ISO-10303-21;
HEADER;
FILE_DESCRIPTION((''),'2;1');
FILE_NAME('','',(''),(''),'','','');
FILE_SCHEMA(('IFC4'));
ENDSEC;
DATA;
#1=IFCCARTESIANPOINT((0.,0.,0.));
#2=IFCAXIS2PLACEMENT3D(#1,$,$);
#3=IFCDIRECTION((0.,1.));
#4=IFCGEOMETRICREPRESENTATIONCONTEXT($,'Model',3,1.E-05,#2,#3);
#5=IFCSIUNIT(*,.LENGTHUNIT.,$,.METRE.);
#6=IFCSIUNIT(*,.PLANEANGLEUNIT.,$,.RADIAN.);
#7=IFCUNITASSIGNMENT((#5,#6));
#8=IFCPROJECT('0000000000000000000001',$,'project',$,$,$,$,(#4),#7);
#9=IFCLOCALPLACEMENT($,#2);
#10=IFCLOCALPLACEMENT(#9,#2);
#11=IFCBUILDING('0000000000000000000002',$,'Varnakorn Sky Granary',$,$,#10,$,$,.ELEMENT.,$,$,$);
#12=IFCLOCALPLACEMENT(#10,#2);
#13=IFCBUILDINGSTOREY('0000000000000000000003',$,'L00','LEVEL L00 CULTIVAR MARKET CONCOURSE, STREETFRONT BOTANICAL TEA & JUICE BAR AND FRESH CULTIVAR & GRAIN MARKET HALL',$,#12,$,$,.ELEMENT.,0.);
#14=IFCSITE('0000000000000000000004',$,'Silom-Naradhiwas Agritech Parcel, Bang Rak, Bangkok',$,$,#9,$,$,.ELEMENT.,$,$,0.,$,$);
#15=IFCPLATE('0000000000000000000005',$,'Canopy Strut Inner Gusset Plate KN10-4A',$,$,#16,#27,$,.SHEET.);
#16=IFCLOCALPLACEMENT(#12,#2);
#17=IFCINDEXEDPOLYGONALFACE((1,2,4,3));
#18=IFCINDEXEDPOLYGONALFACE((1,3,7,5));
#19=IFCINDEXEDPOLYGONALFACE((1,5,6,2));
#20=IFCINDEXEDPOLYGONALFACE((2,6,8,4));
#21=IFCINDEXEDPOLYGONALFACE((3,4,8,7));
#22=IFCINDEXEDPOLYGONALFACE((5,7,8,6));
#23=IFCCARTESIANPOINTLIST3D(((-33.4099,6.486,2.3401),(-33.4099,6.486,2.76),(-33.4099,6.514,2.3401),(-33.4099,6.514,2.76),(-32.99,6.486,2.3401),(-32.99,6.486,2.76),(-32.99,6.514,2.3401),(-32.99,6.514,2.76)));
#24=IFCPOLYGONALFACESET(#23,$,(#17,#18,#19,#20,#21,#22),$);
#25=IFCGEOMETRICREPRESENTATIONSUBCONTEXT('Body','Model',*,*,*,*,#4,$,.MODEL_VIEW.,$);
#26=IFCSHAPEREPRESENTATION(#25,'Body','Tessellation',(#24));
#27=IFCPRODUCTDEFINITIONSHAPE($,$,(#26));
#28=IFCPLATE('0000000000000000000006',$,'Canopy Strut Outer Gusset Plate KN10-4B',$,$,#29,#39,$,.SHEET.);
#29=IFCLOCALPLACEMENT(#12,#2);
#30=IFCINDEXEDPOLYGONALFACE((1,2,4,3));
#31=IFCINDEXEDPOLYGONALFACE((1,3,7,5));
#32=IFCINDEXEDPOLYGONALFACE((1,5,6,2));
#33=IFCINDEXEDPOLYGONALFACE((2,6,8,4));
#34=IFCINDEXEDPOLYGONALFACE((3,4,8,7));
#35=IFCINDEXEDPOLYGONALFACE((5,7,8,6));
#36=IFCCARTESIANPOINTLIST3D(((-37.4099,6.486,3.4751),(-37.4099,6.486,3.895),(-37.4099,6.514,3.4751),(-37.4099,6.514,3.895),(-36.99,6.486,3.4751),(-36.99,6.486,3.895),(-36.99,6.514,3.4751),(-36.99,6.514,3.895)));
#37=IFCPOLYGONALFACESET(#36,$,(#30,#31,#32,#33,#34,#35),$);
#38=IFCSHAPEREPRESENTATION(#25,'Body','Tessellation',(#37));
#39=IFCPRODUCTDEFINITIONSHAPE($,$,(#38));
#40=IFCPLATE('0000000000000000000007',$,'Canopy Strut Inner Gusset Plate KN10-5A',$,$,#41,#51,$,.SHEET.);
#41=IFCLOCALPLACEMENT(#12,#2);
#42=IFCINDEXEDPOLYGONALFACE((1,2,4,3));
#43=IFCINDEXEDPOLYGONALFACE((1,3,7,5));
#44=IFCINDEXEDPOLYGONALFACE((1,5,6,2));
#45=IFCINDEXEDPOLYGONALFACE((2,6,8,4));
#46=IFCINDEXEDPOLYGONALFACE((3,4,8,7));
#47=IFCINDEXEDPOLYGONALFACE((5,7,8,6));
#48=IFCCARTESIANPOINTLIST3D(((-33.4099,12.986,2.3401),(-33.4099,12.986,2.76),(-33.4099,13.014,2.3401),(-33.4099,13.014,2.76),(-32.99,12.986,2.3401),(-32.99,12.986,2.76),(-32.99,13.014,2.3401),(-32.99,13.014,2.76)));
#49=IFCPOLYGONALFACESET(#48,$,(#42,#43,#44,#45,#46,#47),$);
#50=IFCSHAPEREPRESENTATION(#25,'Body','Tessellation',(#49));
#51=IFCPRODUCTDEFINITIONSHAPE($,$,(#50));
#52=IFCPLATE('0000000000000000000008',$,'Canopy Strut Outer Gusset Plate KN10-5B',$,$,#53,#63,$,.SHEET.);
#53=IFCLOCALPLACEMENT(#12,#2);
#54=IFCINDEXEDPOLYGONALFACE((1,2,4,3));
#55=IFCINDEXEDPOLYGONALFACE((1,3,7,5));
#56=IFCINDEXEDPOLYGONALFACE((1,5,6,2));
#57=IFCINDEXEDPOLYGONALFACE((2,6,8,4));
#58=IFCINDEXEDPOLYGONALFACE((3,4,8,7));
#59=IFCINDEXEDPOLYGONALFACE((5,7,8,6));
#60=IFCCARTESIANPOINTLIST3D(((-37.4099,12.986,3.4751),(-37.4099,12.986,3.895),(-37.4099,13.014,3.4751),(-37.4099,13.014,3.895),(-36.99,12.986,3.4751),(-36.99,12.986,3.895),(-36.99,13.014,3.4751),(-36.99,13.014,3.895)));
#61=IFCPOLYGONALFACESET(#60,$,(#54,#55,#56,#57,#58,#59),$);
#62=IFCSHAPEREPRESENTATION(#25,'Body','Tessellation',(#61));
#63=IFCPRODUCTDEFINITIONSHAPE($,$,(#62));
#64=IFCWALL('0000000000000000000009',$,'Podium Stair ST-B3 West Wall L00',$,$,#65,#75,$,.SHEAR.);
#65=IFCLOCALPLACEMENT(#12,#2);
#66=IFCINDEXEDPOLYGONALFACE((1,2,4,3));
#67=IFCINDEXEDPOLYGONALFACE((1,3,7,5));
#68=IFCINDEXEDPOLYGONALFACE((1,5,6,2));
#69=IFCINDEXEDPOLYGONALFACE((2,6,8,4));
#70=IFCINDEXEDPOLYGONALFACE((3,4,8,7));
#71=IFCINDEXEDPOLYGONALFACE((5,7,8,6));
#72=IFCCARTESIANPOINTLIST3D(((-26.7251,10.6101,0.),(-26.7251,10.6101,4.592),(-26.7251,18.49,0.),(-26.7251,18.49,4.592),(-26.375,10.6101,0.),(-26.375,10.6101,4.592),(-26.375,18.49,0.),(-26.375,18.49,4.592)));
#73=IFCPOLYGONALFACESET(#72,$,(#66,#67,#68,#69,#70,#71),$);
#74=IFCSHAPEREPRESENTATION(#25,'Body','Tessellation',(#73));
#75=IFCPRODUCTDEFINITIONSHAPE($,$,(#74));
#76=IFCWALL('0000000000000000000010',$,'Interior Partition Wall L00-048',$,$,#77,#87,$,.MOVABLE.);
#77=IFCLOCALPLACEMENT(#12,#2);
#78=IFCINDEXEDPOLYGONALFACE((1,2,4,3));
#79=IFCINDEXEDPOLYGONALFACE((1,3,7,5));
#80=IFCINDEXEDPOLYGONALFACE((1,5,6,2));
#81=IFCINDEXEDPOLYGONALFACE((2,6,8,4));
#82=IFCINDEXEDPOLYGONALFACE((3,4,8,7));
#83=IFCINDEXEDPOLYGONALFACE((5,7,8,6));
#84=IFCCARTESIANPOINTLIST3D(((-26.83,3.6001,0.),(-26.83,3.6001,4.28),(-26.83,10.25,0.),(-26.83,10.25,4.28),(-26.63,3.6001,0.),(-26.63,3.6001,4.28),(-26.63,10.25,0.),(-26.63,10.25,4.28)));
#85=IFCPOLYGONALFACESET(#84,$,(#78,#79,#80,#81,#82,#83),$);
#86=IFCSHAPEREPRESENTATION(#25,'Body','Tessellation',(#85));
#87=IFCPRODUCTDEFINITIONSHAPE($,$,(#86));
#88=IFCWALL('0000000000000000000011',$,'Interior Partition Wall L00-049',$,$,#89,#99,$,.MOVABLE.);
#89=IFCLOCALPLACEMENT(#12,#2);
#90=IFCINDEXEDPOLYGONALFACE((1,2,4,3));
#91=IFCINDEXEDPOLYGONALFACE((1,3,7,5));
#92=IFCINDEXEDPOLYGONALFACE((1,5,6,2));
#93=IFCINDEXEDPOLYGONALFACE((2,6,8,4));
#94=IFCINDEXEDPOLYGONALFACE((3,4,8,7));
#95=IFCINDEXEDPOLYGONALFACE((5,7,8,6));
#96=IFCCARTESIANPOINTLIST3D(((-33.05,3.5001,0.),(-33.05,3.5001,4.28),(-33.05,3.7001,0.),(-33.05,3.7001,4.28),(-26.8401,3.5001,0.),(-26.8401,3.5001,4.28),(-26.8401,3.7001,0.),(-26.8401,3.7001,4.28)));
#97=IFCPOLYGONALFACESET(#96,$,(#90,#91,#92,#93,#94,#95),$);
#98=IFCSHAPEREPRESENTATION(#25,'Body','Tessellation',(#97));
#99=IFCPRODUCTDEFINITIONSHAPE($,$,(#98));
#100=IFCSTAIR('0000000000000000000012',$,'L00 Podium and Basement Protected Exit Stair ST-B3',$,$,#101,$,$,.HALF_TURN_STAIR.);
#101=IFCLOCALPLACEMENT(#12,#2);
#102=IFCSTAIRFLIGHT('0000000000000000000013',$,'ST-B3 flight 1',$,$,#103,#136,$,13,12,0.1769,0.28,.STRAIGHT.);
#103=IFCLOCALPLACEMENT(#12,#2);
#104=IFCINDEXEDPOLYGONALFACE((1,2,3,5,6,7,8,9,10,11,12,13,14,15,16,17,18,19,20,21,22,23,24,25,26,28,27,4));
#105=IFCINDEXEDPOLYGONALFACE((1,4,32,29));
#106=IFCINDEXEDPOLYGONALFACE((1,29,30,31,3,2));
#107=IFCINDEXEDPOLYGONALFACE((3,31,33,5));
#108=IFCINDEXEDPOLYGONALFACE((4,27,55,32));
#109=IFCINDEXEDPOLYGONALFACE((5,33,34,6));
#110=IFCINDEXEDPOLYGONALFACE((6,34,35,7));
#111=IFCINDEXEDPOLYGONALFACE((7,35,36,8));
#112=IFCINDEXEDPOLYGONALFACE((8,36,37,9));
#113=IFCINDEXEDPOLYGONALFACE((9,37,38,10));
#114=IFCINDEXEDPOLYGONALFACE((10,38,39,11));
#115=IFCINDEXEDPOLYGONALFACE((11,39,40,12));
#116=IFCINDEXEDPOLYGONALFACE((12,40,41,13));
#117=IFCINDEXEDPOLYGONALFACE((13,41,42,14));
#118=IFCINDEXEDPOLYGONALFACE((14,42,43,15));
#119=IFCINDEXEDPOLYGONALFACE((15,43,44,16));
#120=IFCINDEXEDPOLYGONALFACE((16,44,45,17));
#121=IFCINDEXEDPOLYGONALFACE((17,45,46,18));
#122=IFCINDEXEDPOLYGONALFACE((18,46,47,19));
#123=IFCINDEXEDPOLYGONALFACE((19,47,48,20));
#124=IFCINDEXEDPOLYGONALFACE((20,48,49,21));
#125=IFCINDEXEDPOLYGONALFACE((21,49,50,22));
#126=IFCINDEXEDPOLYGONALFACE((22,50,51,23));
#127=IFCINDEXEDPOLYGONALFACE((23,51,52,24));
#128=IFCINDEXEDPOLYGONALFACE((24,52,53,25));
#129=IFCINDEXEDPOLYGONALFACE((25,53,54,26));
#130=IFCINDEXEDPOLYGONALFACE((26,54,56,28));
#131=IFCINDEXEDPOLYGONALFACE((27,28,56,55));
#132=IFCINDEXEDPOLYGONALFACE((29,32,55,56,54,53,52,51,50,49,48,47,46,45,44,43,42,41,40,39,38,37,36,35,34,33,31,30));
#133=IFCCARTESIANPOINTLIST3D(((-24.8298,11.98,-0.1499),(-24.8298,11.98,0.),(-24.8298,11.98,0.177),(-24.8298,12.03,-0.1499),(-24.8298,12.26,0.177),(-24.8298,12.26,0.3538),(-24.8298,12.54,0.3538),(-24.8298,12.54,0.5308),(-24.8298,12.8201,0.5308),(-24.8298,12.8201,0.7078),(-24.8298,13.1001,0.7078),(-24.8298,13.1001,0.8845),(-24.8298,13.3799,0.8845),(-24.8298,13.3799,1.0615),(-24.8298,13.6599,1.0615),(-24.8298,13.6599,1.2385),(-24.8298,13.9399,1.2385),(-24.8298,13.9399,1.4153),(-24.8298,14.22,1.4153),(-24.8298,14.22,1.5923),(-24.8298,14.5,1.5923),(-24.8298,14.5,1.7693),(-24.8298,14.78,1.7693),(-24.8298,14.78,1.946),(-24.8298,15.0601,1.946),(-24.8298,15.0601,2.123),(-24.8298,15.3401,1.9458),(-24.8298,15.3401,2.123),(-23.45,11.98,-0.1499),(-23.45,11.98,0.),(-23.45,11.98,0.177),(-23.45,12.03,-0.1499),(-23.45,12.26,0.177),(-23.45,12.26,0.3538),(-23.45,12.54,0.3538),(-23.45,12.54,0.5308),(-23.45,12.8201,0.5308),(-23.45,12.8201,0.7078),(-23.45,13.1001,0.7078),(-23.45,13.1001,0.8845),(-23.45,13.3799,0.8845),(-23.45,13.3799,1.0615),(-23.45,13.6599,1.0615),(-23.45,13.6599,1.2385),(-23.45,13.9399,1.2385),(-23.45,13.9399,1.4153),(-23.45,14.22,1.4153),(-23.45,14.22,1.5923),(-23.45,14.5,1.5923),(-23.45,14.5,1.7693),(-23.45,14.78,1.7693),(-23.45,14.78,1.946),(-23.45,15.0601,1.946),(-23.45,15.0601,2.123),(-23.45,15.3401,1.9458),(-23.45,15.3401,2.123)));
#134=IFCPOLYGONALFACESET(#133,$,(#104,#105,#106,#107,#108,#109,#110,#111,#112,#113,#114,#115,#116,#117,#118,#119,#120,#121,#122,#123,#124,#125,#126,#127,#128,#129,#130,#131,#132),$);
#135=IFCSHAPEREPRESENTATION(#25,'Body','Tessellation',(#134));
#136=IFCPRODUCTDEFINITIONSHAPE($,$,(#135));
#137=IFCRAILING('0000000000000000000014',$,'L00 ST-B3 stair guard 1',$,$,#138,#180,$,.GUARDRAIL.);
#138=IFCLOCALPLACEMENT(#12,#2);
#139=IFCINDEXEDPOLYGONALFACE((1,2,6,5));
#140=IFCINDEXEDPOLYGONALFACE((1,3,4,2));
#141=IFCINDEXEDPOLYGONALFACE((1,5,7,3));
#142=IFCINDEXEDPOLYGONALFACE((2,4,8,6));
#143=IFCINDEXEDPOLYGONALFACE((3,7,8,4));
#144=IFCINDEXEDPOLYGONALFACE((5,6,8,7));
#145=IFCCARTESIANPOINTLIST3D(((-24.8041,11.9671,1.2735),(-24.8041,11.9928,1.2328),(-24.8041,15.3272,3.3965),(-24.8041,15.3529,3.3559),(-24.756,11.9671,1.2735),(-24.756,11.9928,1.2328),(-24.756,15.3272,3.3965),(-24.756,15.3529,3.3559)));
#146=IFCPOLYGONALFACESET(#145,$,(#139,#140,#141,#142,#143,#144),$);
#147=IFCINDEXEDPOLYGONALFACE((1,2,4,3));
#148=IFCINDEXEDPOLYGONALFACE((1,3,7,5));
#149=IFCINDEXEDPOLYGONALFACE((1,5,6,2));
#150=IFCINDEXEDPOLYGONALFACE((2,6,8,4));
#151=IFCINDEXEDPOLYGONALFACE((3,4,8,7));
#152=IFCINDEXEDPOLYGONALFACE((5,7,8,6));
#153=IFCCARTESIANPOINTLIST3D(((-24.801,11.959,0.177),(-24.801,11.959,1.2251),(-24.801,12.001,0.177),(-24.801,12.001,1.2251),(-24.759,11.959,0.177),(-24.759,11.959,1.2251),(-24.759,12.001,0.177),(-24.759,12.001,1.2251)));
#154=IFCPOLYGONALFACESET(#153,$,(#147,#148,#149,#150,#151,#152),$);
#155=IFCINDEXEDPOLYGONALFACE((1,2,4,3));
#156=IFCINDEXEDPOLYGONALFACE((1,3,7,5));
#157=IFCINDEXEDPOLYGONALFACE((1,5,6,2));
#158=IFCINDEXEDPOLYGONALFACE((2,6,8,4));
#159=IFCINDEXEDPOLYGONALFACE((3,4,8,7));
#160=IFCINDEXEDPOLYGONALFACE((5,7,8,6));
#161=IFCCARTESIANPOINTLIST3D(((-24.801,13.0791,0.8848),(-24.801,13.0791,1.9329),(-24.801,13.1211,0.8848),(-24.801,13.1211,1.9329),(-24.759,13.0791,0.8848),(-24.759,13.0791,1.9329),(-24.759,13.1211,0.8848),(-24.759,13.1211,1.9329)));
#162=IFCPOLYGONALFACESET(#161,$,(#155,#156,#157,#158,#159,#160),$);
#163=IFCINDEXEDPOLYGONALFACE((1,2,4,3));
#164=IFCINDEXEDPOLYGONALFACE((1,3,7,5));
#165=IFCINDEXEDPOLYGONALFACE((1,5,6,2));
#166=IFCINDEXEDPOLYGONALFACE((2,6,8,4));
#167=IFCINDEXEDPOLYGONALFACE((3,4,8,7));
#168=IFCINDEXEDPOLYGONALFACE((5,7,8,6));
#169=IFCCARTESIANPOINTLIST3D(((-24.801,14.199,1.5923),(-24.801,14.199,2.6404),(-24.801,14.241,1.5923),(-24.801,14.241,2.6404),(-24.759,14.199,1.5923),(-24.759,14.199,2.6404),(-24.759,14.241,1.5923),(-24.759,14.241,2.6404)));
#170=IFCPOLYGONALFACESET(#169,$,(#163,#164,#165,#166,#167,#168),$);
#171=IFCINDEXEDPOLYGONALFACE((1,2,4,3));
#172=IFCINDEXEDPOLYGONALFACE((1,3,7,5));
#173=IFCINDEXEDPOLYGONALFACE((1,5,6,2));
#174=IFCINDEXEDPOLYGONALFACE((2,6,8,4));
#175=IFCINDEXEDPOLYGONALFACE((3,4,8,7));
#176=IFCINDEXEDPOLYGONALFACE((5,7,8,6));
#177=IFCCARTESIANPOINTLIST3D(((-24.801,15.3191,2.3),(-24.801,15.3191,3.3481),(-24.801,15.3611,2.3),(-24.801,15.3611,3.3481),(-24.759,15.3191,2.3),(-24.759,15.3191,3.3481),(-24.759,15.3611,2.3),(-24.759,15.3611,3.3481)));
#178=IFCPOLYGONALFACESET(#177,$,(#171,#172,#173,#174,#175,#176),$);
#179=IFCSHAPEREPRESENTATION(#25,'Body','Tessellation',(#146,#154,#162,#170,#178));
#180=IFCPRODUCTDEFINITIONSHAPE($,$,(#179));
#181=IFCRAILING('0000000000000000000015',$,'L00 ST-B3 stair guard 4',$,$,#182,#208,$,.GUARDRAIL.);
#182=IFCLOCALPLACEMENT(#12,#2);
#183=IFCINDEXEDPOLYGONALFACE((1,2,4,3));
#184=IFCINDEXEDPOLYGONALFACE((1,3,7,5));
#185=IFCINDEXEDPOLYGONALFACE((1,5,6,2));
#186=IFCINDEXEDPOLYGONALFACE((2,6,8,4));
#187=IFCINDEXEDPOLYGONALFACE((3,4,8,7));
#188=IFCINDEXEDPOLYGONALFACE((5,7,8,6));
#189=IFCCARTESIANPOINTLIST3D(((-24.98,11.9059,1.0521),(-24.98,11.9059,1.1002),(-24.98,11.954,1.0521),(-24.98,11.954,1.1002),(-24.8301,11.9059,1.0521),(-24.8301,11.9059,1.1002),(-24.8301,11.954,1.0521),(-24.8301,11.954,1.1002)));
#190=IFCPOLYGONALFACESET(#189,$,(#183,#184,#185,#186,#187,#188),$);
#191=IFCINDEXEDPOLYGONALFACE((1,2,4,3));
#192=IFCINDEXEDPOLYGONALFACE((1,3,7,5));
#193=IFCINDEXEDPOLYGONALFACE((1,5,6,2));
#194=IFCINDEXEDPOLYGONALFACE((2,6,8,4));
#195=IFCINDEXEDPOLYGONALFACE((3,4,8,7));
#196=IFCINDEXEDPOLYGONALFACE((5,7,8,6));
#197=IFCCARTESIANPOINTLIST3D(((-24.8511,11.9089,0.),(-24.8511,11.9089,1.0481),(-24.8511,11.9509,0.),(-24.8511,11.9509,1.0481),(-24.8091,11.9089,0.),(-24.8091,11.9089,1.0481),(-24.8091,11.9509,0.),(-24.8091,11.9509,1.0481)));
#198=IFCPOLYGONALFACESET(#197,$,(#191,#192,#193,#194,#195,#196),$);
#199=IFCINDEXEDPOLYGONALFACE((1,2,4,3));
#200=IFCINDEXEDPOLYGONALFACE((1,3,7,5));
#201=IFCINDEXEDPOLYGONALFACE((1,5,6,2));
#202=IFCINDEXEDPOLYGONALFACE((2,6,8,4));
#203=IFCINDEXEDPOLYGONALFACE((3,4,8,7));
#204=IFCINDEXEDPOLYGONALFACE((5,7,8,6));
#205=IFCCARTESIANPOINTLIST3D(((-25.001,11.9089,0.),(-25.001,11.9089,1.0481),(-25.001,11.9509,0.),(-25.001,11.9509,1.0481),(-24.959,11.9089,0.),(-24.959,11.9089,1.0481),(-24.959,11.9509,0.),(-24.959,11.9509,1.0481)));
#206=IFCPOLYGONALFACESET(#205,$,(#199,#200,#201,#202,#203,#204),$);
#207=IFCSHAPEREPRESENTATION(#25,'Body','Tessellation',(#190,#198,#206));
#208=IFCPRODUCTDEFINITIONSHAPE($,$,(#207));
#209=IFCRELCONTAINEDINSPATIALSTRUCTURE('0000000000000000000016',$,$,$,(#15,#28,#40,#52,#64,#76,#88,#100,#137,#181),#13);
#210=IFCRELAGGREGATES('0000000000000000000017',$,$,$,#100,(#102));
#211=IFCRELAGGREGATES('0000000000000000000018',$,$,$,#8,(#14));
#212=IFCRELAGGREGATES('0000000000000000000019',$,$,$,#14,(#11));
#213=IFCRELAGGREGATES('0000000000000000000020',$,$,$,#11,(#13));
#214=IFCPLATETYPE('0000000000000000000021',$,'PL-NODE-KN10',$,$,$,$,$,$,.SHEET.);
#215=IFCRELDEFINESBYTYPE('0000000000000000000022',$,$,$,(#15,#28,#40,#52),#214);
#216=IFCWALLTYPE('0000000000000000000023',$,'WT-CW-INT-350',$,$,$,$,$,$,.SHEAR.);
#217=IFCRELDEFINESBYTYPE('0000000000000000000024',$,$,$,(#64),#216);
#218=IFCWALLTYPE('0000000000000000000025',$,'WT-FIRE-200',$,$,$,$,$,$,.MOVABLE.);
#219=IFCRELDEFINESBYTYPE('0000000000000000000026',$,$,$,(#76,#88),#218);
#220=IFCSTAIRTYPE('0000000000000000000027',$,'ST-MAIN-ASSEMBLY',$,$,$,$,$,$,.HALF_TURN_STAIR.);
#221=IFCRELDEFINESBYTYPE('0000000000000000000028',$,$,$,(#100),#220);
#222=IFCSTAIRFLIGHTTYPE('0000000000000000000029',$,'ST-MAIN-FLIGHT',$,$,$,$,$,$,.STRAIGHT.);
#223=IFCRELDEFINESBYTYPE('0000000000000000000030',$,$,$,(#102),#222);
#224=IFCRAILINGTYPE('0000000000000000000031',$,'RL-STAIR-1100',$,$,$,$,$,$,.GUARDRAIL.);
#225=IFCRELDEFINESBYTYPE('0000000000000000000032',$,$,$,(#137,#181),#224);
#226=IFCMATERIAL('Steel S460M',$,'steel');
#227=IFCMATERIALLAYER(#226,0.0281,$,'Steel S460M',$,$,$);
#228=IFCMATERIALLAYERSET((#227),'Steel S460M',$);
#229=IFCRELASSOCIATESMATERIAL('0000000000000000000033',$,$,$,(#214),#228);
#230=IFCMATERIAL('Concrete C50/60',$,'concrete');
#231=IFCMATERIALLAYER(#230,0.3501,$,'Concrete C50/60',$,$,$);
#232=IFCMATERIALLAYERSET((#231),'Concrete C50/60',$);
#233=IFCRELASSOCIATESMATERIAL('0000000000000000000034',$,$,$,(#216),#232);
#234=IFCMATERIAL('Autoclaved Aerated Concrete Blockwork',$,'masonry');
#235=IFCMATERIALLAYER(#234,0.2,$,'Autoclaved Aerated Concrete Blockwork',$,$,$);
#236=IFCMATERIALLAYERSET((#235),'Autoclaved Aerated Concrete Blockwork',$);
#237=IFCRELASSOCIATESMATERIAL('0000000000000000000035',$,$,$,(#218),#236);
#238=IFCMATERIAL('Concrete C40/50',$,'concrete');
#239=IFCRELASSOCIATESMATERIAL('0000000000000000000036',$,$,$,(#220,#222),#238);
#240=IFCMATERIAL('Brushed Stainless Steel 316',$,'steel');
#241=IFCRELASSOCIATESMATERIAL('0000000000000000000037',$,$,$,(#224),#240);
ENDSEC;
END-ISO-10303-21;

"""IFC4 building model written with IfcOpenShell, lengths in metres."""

from ifc_helpers import new_model, si_unit, direction, frame, frame_2d, origin, origin_2d, place, context, subcontext, project, spatial, polyline, rectangle, outline, extrude, material, layer, layer_set, type_object, element, aggregate, save


model = new_model("IFC4")

# Units and contexts
model_context = context("Model", 3, precision=1e-05, world=origin(), true_north=direction((0.0, 1.0)))
body_context = subcontext(model_context, "Body", "Model", "MODEL_VIEW")
ifc_project = project(units=[si_unit("LENGTHUNIT", "METRE"), si_unit("PLANEANGLEUNIT", "RADIAN")], contexts=[model_context])

# Site, building, storey
site_placement = place(None, origin())
site = spatial("IfcSite", under=ifc_project, at=site_placement, Name="Silom-Naradhiwas Agritech Parcel, Bang Rak, Bangkok", CompositionType="ELEMENT", RefElevation=0.0)
building_placement = place(site_placement, origin())
building = spatial("IfcBuilding", under=site, at=building_placement, Name="Varnakorn Sky Granary", CompositionType="ELEMENT")
storey_placement = place(building_placement, origin())
storey = spatial("IfcBuildingStorey", under=building, at=storey_placement, Name="L00", Description="LEVEL L00 CULTIVAR MARKET CONCOURSE, STREETFRONT BOTANICAL TEA & JUICE BAR AND FRESH CULTIVAR & GRAIN MARKET HALL", CompositionType="ELEMENT", Elevation=0.0)

# Shared definitions
ifc_material_1 = material(Name="Concrete C50/60", Category="concrete")

# Shared definitions
ifc_material_2 = material(Name="Steel S460M", Category="steel")

# Plates
ifc_layer_1 = layer(ifc_material_2, 0.0281, Name="Steel S460M")
ifc_layer_set_1 = layer_set([ifc_layer_1], Name="Steel S460M")
plate_type = type_object("IfcPlateType", Name="PL-NODE-KN10", PredefinedType="SHEET", material=ifc_layer_set_1)
for number, where, z_axis, x_axis, name in (
    (1, (-33.2, 6.5, 2.3401), (0.0, 0.0, 1.0), (1.0, 0.0, 0.0), "Canopy Strut Inner Gusset Plate KN10-4A"),
    (2, (-37.2, 6.5, 3.4751), (0.0, 0.0, 1.0), (1.0, 0.0, 0.0), "Canopy Strut Outer Gusset Plate KN10-4B"),
    (3, (-33.2, 13.0, 2.3401), (0.0, 0.0, 1.0), (1.0, 0.0, 0.0), "Canopy Strut Inner Gusset Plate KN10-5A"),
    (4, (-37.2, 13.0, 3.4751), (0.0, 0.0, 1.0), (1.0, 0.0, 0.0), "Canopy Strut Outer Gusset Plate KN10-5B"),
):
    element("IfcPlate", number, at=place(storey_placement, frame(where, z_axis=z_axis, x_axis=x_axis)), inside=storey, type_object=plate_type, Name=name, PredefinedType="SHEET", context=body_context, shape_type="SweptSolid", body=[
        extrude(rectangle(XDim=0.4199, YDim=0.0281, at=origin_2d()), origin(), (0.0, 0.0, 1.0), 0.4199),
    ])

# Shared definitions
ifc_layer_2 = layer(ifc_material_1, 0.3501, Name="Concrete C50/60")
ifc_layer_set_2 = layer_set([ifc_layer_2], Name="Concrete C50/60")
wall_type_1 = type_object("IfcWallType", Name="WT-CW-INT-350", PredefinedType="SHEAR", material=ifc_layer_set_2)

# Walls
wall_1_placement = place(storey_placement, frame((-26.55, 10.6101, 0.0), z_axis=(0.0, 0.0, 1.0), x_axis=(0.0, 1.0, 0.0)))
element("IfcWall", 5, at=wall_1_placement, inside=storey, type_object=wall_type_1, Name="Podium Stair ST-B3 West Wall L00", PredefinedType="SHEAR", context=body_context, shape_type="SweptSolid", body=[
    extrude(rectangle(XDim=7.8799, YDim=0.3501, at=frame_2d((3.9399, 0.0))), origin(), (0.0, 0.0, 1.0), 4.592),
])
ifc_material_3 = material(Name="Autoclaved Aerated Concrete Blockwork", Category="masonry")
ifc_layer_3 = layer(ifc_material_3, 0.2, Name="Autoclaved Aerated Concrete Blockwork")
ifc_layer_set_3 = layer_set([ifc_layer_3], Name="Autoclaved Aerated Concrete Blockwork")
wall_type_2 = type_object("IfcWallType", Name="WT-FIRE-200", PredefinedType="MOVABLE", material=ifc_layer_set_3)
wall_2_placement = place(storey_placement, frame((-26.73, 10.25, 0.0), z_axis=(0.0, 0.0, 1.0), x_axis=(0.0, -1.0, 0.0)))
element("IfcWall", 6, at=wall_2_placement, inside=storey, type_object=wall_type_2, Name="Interior Partition Wall L00-048", PredefinedType="MOVABLE", context=body_context, shape_type="SweptSolid", body=[
    extrude(rectangle(XDim=6.6499, YDim=0.2, at=frame_2d((3.325, 0.0))), origin(), (0.0, 0.0, 1.0), 4.28),
])
wall_3_placement = place(storey_placement, frame((-26.8401, 3.6001, 0.0), z_axis=(0.0, 0.0, 1.0), x_axis=(-1.0, 0.0, 0.0)))
element("IfcWall", 7, at=wall_3_placement, inside=storey, type_object=wall_type_2, Name="Interior Partition Wall L00-049", PredefinedType="MOVABLE", context=body_context, shape_type="SweptSolid", body=[
    extrude(rectangle(XDim=6.21, YDim=0.2, at=frame_2d((3.105, 0.0))), origin(), (0.0, 0.0, 1.0), 4.28),
])

# Stair, stair flight
ifc_material_4 = material(Name="Concrete C40/50", Category="concrete")
stair_type = type_object("IfcStairType", Name="ST-MAIN-ASSEMBLY", PredefinedType="HALF_TURN_STAIR", material=ifc_material_4)
stair_placement = place(storey_placement, origin())
stair = element("IfcStair", 8, at=stair_placement, inside=storey, type_object=stair_type, Name="L00 Podium and Basement Protected Exit Stair ST-B3", PredefinedType="HALF_TURN_STAIR")
stair_flight_type = type_object("IfcStairFlightType", Name="ST-MAIN-FLIGHT", PredefinedType="STRAIGHT", material=ifc_material_4)
stair_flight_placement = place(storey_placement, frame((-24.1399, 11.98, 0.0), z_axis=(0.0, 0.0, 1.0), x_axis=(0.0, 1.0, 0.0)))
stair_flight = element("IfcStairFlight", 9, at=stair_flight_placement, type_object=stair_flight_type, Name="ST-B3 flight 1", NumberOfRisers=13, NumberOfTreads=12, PredefinedType="STRAIGHT", RiserHeight=0.1769, TreadLength=0.28, context=body_context, shape_type="SweptSolid", body=[
    extrude(outline(polyline([(0.0, -0.1499), (0.0, 0.0), (0.0, 0.177), (0.28, 0.177), (0.28, 0.3538), (0.5601, 0.3538), (0.5601, 0.5308), (0.8401, 0.5308), (0.8401, 0.7078), (1.1201, 0.7078), (1.1201, 0.8845), (1.3999, 0.8845), (1.3999, 1.0615), (1.6799, 1.0615), (1.6799, 1.2385), (1.96, 1.2385), (1.96, 1.4153), (2.24, 1.4153), (2.24, 1.5923), (2.52, 1.5923), (2.52, 1.7693), (2.8, 1.7693), (2.8, 1.946), (3.0801, 1.946), (3.0801, 2.123), (3.3601, 2.123), (3.3601, 2.3), (3.3601, 1.9458), (0.05, -0.1499), (0.0, -0.1499)])), frame((0.0, 0.6899, 0.0), z_axis=(0.0, -1.0, 0.0), x_axis=(1.0, 0.0, 0.0)), (0.0, 0.0, 1.0), 1.3799),
])
aggregate(stair, [stair_flight])

# Railings
ifc_material_5 = material(Name="Brushed Stainless Steel 316", Category="steel")
railing_type_1 = type_object("IfcRailingType", Name="RL-STAIR-1100", PredefinedType="GUARDRAIL", material=ifc_material_5)
railing_1_placement = place(storey_placement, frame((-24.78, 11.98, 0.177)))
element("IfcRailing", 10, at=railing_1_placement, inside=storey, type_object=railing_type_1, Name="L00 ST-B3 stair guard 1", PredefinedType="GUARDRAIL", context=body_context, shape_type="SweptSolid", body=[
    extrude(rectangle(XDim=0.0481, YDim=0.0481, at=origin_2d()), frame((0.0, 0.0, 1.0762), z_axis=(0.0, 0.84539, 0.53415), x_axis=(-1.0, 0.0, 0.0)), (0.0, 0.0, 1.0), 3.9746),
    extrude(rectangle(XDim=0.042, YDim=0.042, at=origin_2d()), origin(), (0.0, 0.0, 1.0), 1.0481),
    extrude(rectangle(XDim=0.042, YDim=0.042, at=origin_2d()), frame((0.0, 1.1201, 0.7078)), (0.0, 0.0, 1.0), 1.0481),
    extrude(rectangle(XDim=0.042, YDim=0.042, at=origin_2d()), frame((0.0, 2.24, 1.4153)), (0.0, 0.0, 1.0), 1.0481),
    extrude(rectangle(XDim=0.042, YDim=0.042, at=origin_2d()), frame((0.0, 3.3601, 2.123)), (0.0, 0.0, 1.0), 1.0481),
])
railing_2_placement = place(storey_placement, frame((-24.8301, 11.9299, 0.0)))
element("IfcRailing", 11, at=railing_2_placement, inside=storey, type_object=railing_type_1, Name="L00 ST-B3 stair guard 4", PredefinedType="GUARDRAIL", context=body_context, shape_type="SweptSolid", body=[
    extrude(rectangle(XDim=0.0481, YDim=0.0481, at=origin_2d()), frame((0.0, 0.0, 1.0762), z_axis=(-1.0, 0.0, 0.0), x_axis=(0.0, -1.0, 0.0)), (0.0, 0.0, 1.0), 0.1499),
    extrude(rectangle(XDim=0.042, YDim=0.042, at=origin_2d()), origin(), (0.0, 0.0, 1.0), 1.0481),
    extrude(rectangle(XDim=0.042, YDim=0.042, at=origin_2d()), frame((-0.1499, 0.0, 0.0)), (0.0, 0.0, 1.0), 1.0481),
])

save(model, "model.ifc")
